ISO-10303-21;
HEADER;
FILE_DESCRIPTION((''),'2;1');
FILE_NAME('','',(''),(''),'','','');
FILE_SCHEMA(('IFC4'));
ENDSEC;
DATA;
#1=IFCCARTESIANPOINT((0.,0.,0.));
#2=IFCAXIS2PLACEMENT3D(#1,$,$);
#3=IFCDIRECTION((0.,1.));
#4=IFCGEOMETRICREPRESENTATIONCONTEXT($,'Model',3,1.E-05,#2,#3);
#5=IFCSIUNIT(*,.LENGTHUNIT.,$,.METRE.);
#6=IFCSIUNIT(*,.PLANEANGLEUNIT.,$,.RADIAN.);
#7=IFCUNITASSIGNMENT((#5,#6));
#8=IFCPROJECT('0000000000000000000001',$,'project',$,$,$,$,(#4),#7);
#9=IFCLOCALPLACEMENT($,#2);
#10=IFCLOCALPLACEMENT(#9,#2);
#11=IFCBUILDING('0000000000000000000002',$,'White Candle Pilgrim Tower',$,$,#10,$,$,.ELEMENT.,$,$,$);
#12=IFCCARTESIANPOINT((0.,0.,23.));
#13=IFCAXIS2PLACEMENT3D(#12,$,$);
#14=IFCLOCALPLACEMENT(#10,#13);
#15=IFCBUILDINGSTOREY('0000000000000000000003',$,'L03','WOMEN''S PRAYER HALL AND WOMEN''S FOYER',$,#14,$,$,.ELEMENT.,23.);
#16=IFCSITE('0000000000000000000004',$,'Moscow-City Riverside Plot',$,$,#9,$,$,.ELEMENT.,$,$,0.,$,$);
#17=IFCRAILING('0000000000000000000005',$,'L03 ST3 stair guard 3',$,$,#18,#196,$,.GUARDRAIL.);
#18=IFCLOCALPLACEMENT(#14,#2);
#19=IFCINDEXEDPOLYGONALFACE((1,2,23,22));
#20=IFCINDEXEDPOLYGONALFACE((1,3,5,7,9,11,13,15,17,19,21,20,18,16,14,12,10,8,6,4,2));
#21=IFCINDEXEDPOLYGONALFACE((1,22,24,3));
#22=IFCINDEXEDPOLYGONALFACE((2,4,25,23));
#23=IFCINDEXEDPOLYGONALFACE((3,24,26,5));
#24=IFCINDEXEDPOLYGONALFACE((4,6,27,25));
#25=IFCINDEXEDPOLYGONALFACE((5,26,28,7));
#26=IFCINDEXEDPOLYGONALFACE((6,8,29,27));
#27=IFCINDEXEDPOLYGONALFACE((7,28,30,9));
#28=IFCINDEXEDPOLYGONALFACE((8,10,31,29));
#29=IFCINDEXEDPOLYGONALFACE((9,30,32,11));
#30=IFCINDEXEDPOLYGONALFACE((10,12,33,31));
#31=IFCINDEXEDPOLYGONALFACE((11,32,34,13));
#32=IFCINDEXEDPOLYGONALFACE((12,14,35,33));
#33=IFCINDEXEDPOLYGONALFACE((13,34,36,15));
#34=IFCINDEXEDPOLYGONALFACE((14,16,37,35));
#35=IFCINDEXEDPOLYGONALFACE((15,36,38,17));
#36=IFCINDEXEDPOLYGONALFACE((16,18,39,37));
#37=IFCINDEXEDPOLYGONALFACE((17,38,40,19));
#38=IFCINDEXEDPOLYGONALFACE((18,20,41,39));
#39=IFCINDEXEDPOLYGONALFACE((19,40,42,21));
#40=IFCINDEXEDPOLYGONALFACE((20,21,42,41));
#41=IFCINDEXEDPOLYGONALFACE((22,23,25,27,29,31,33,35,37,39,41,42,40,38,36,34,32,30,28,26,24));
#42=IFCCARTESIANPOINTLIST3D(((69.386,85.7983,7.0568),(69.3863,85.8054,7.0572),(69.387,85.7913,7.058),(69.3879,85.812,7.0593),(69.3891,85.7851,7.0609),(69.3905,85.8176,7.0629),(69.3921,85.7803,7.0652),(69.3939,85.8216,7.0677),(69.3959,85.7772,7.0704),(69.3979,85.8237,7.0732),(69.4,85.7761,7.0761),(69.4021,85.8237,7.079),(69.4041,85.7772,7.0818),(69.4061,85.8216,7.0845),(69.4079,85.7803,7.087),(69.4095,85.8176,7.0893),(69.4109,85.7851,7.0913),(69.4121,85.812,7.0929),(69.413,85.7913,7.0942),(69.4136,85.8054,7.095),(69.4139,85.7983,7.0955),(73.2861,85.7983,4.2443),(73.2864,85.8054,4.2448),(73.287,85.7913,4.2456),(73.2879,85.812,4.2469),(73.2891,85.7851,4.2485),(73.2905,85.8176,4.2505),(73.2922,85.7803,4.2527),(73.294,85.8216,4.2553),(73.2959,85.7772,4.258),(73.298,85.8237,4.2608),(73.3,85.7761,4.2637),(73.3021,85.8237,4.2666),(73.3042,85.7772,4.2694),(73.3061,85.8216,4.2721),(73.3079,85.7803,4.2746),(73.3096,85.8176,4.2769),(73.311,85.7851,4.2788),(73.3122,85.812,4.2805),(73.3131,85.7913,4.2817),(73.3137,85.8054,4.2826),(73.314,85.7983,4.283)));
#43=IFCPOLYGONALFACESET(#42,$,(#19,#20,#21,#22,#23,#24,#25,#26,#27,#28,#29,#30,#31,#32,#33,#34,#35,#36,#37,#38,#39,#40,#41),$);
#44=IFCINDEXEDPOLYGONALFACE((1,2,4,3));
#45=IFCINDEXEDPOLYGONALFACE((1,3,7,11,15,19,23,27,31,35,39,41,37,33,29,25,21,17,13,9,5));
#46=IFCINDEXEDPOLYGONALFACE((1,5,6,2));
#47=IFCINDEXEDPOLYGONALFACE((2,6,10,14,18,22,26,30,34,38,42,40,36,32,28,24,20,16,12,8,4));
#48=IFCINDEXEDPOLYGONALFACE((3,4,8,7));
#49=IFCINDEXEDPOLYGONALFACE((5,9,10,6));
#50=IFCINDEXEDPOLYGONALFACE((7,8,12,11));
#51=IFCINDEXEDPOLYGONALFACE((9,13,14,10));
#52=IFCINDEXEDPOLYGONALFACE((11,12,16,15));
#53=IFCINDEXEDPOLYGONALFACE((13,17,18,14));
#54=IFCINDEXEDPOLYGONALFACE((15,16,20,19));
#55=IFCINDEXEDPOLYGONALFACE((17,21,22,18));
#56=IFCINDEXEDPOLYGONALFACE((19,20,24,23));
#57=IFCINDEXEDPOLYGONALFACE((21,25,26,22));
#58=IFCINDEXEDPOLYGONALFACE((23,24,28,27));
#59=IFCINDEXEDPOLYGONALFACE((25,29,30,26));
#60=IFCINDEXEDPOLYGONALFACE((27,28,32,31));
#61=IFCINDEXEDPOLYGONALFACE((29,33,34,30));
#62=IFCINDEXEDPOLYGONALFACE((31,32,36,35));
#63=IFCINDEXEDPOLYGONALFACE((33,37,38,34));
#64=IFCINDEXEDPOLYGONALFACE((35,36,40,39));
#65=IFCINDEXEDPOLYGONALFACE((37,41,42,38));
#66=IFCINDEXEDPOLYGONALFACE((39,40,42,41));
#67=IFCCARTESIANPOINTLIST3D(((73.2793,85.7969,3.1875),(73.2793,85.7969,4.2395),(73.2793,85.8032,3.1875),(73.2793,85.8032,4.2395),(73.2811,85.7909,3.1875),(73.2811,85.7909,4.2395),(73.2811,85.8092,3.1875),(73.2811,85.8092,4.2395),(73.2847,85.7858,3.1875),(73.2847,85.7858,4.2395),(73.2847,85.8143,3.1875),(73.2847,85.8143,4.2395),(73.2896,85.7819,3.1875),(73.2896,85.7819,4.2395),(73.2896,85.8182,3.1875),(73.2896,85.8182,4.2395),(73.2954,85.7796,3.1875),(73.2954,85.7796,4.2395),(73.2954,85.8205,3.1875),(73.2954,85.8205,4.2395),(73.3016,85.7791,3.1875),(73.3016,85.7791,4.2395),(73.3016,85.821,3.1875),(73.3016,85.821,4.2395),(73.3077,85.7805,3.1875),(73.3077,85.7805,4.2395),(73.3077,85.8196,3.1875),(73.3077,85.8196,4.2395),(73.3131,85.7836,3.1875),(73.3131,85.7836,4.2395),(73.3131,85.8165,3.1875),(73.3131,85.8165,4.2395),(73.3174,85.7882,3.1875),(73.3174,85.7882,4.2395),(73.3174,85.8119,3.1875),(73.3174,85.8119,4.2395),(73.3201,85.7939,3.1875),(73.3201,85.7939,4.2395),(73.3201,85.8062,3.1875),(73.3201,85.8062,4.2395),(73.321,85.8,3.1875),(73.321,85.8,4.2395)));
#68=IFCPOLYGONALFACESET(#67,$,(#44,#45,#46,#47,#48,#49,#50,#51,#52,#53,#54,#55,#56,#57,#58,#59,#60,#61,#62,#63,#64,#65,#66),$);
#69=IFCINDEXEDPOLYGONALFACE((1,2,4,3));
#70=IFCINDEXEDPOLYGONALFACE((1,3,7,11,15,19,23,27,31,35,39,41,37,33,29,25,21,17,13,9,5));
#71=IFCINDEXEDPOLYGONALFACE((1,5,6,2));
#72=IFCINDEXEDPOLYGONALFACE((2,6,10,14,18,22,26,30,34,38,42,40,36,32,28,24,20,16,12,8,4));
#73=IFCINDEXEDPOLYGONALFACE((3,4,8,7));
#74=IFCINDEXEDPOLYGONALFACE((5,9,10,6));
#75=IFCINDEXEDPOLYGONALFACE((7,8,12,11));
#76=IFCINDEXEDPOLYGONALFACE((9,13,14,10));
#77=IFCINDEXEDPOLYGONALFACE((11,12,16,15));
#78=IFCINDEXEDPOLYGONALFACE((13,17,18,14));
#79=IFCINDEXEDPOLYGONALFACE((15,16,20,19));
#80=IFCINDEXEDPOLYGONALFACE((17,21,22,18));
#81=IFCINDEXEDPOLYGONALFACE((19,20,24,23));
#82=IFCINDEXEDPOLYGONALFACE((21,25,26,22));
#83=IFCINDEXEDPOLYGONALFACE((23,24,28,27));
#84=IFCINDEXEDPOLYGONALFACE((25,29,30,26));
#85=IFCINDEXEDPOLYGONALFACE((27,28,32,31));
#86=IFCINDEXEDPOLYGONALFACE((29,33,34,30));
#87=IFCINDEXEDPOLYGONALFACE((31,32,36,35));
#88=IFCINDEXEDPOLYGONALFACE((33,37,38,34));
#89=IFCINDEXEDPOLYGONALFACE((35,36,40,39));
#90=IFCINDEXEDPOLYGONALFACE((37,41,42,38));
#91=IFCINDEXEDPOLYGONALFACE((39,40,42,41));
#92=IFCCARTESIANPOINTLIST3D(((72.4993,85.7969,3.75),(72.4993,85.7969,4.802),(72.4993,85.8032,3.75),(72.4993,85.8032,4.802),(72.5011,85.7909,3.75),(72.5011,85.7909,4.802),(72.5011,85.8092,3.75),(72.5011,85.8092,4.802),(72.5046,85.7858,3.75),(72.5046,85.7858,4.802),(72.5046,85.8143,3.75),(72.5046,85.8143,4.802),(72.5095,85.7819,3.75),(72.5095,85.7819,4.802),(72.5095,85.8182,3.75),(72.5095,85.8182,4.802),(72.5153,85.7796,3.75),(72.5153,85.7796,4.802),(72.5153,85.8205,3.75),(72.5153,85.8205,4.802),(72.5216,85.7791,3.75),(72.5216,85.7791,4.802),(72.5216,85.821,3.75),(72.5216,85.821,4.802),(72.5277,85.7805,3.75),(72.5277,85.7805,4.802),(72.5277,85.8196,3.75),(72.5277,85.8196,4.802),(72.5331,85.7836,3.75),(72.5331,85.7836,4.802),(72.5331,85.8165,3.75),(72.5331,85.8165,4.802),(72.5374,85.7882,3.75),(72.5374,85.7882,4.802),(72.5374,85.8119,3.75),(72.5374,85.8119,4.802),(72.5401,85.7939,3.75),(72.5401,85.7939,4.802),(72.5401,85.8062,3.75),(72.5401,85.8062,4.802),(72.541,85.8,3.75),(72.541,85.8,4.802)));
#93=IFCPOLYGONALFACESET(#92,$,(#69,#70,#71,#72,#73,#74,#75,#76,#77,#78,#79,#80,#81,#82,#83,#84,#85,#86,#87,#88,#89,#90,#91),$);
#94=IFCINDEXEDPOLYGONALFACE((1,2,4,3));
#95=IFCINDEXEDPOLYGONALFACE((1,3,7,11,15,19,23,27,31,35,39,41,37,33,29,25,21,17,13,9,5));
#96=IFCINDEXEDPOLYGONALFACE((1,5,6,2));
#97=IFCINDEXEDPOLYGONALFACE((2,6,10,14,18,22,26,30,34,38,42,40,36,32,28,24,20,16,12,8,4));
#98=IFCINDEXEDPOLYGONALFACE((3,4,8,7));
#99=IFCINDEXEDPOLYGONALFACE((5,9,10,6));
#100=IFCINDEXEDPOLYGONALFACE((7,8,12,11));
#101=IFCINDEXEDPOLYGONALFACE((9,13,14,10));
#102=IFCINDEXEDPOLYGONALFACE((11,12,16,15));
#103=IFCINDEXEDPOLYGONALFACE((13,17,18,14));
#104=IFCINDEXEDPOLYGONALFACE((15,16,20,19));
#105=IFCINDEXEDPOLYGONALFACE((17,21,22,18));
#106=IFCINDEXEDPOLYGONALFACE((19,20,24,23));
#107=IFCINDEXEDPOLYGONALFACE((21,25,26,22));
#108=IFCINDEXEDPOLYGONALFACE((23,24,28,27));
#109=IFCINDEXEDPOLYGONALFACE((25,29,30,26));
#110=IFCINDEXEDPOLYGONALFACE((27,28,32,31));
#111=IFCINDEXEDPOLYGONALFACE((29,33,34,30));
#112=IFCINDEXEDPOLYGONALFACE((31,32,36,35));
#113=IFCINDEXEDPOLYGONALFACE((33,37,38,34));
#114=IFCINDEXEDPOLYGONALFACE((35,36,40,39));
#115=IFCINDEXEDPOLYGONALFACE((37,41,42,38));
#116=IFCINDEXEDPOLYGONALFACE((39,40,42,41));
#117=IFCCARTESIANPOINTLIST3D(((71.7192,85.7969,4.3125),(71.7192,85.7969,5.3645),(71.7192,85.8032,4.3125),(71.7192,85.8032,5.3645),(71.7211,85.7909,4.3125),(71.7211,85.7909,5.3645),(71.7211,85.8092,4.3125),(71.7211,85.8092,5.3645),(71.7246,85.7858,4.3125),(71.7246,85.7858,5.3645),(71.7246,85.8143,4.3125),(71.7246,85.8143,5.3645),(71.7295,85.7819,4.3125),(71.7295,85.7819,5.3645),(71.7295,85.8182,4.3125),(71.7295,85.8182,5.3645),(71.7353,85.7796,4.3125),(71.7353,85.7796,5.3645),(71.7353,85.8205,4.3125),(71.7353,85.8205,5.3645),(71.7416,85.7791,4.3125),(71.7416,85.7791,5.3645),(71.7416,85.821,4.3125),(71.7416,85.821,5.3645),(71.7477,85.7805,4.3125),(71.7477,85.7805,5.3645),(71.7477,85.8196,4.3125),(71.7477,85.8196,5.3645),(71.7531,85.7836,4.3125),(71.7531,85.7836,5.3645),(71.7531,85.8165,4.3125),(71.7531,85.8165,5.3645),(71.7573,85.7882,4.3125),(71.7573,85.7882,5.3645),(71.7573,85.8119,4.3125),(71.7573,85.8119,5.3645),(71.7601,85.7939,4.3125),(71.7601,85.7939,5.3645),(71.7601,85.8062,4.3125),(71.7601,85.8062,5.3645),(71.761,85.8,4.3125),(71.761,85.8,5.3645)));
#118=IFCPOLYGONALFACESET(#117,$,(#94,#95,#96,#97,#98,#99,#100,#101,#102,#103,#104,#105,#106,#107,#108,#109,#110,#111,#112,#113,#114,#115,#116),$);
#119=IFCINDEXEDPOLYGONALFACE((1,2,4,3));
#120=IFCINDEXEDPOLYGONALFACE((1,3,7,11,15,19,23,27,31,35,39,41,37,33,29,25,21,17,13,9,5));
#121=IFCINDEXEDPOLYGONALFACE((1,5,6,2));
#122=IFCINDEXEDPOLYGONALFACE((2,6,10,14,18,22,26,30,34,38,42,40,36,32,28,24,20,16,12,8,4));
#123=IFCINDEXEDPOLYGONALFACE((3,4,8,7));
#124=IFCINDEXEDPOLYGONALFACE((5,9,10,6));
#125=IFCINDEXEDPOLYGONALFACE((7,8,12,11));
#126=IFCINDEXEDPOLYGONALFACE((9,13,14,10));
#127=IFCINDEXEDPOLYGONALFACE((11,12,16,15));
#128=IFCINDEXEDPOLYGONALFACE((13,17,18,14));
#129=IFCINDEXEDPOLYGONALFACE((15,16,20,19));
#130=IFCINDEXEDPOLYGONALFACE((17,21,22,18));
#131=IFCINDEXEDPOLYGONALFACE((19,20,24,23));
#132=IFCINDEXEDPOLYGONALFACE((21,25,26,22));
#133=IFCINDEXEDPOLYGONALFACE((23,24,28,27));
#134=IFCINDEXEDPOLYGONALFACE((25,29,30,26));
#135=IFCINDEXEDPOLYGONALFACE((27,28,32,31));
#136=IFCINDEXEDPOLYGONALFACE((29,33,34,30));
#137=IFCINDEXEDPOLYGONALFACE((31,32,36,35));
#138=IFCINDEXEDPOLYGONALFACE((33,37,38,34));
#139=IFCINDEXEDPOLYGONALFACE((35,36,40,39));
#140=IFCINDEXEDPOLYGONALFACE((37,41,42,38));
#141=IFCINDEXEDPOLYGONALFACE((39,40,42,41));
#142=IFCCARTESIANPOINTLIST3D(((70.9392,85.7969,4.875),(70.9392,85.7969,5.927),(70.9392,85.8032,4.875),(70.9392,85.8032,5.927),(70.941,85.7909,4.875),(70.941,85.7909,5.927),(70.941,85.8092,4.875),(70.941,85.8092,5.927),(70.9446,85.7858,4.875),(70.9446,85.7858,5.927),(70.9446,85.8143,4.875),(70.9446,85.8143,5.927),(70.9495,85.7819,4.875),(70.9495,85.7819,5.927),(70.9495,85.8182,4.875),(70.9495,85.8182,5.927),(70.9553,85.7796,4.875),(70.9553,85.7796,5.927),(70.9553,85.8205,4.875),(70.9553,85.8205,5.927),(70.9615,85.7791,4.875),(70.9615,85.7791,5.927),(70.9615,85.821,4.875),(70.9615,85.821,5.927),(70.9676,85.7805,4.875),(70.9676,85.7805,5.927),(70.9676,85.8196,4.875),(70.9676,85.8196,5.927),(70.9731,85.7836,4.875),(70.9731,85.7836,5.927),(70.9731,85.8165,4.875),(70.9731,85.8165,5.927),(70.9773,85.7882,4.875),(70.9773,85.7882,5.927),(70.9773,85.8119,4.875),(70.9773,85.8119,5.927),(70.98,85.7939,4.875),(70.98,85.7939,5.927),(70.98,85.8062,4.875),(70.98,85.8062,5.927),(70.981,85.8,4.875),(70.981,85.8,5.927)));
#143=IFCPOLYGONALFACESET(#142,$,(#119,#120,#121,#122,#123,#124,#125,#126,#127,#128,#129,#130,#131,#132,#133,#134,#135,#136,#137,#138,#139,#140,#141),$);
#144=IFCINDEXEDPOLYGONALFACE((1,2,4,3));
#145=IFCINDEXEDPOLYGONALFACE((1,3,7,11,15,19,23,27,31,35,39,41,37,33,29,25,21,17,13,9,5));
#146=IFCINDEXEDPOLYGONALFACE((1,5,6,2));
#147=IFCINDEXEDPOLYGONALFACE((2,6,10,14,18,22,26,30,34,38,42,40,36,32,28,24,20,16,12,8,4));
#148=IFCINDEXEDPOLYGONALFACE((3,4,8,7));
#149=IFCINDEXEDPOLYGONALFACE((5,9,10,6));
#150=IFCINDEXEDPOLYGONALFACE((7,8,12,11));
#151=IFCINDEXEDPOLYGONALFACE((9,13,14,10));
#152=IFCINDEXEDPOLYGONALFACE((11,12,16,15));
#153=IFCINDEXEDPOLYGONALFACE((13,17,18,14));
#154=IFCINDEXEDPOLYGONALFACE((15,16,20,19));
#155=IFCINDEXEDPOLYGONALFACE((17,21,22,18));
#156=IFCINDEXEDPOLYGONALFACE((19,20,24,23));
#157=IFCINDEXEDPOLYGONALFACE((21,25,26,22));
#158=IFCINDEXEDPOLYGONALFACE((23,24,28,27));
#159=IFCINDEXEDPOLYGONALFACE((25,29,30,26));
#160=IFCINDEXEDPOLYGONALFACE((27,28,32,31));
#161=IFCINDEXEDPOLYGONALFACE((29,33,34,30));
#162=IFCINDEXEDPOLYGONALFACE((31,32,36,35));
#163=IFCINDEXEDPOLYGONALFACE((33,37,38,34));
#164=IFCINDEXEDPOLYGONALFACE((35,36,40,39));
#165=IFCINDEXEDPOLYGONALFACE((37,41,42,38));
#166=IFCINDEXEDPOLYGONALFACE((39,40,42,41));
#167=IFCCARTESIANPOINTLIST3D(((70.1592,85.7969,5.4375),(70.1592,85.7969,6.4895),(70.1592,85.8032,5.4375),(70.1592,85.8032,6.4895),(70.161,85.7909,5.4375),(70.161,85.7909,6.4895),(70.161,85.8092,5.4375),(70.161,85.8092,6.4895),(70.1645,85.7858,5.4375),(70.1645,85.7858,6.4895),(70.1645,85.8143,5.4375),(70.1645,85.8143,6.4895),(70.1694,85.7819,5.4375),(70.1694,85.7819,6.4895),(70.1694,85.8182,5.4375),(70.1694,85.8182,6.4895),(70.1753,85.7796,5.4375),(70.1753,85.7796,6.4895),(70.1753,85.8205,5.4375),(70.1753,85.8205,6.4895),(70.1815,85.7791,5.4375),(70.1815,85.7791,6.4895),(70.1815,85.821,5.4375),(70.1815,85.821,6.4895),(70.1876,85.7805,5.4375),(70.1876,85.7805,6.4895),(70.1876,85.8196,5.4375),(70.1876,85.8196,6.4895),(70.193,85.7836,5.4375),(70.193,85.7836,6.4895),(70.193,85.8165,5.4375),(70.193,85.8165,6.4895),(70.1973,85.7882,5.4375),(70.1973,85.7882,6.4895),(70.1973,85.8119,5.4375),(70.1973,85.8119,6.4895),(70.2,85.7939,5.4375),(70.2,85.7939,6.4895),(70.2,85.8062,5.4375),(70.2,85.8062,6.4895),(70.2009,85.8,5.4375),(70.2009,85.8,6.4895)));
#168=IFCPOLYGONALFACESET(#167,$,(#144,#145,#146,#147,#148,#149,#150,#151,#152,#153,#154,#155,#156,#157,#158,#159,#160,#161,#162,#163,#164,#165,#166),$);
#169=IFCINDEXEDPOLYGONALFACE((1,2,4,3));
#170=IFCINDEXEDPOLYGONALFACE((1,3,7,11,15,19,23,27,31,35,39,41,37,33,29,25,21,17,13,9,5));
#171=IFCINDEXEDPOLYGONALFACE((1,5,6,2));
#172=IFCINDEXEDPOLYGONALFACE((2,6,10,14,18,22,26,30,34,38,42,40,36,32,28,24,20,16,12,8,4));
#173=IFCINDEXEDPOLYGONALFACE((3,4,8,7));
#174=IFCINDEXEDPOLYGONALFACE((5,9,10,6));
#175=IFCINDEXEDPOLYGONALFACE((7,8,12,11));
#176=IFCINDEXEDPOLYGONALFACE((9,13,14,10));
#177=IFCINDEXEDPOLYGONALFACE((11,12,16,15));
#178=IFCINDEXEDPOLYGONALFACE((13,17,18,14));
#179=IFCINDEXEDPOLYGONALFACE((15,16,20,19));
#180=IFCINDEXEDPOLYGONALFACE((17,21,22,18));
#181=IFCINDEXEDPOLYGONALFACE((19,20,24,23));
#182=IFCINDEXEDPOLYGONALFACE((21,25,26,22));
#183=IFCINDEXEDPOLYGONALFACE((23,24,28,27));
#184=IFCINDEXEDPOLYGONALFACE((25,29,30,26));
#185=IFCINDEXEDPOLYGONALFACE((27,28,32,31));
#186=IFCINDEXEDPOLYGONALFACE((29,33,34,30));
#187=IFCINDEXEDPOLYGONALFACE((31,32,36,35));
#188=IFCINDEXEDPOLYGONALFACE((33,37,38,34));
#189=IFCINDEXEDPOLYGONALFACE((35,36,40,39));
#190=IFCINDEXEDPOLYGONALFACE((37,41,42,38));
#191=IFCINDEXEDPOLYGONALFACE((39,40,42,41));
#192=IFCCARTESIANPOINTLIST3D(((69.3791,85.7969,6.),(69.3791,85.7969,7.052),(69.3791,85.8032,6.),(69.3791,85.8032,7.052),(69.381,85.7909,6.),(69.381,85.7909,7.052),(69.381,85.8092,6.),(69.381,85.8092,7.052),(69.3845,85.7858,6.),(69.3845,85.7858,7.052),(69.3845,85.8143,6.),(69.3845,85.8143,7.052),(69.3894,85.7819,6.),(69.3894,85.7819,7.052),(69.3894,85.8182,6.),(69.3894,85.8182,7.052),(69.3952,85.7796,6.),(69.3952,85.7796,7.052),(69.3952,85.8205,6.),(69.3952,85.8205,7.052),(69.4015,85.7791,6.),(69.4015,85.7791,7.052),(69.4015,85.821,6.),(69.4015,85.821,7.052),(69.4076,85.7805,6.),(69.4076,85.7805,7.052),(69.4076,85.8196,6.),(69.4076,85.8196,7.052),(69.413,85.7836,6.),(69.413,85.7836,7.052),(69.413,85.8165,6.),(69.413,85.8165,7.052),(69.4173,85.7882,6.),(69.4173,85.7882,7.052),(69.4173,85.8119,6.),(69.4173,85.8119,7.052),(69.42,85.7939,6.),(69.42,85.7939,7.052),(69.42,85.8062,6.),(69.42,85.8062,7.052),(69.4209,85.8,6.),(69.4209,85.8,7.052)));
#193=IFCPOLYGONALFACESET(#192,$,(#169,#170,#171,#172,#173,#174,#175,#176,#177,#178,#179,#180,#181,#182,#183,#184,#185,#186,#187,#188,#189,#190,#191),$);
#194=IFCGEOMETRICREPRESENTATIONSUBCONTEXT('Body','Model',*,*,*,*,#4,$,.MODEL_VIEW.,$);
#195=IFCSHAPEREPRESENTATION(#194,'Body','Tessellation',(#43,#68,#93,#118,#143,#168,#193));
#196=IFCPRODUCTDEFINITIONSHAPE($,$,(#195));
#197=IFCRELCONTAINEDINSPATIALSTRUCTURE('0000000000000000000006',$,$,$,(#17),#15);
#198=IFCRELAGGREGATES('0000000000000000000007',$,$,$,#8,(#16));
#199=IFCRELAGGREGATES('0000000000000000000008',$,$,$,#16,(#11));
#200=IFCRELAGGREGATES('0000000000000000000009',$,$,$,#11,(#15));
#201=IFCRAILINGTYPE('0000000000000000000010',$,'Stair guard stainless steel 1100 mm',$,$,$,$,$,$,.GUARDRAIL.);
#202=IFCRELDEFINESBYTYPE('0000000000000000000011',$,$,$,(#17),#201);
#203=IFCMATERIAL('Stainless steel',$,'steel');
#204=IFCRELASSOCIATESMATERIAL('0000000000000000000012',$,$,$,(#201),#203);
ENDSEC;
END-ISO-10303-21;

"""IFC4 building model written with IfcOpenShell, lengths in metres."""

from ifc_helpers import new_model, si_unit, direction, frame, origin, origin_2d, place, context, subcontext, project, spatial, circle, extrude, material, type_object, element, save


model = new_model("IFC4")

# Units and contexts
model_context = context("Model", 3, precision=1e-05, world=origin(), true_north=direction((0.0, 1.0)))
body_context = subcontext(model_context, "Body", "Model", "MODEL_VIEW")
ifc_project = project(units=[si_unit("LENGTHUNIT", "METRE"), si_unit("PLANEANGLEUNIT", "RADIAN")], contexts=[model_context])

# Site, building, storey
site_placement = place(None, origin())
site = spatial("IfcSite", under=ifc_project, at=site_placement, Name="Moscow-City Riverside Plot", CompositionType="ELEMENT", RefElevation=0.0)
building_placement = place(site_placement, origin())
building = spatial("IfcBuilding", under=site, at=building_placement, Name="White Candle Pilgrim Tower", CompositionType="ELEMENT")
storey_placement = place(building_placement, frame((0.0, 0.0, 23.0)))
storey = spatial("IfcBuildingStorey", under=building, at=storey_placement, Name="L03", Description="WOMEN'S PRAYER HALL AND WOMEN'S FOYER", CompositionType="ELEMENT", Elevation=23.0)

# Railing
ifc_material_1 = material(Name="Stainless steel", Category="steel")
railing_type_1 = type_object("IfcRailingType", Name="Stair guard stainless steel 1100 mm", PredefinedType="GUARDRAIL", material=ifc_material_1)
railing_1_placement = place(storey_placement, frame((73.3, 85.8, 3.1875)))
element("IfcRailing", 1, at=railing_1_placement, inside=storey, type_object=railing_type_1, Name="L03 ST3 stair guard 3", PredefinedType="GUARDRAIL", context=body_context, shape_type="SweptSolid", body=[
    extrude(circle(Radius=0.0239, at=origin_2d()), frame((0.0, 0.0, 1.0762), z_axis=(-0.811101, 0.0, 0.584906), x_axis=(0.0, -1.0, 0.0)), (0.0, 0.0, 1.0), 4.8083),
    extrude(circle(Radius=0.021, at=origin_2d()), origin(), (0.0, 0.0, 1.0), 1.052),
    extrude(circle(Radius=0.021, at=origin_2d()), frame((-0.78, 0.0, 0.5625)), (0.0, 0.0, 1.0), 1.052),
    extrude(circle(Radius=0.021, at=origin_2d()), frame((-1.5601, 0.0, 1.125)), (0.0, 0.0, 1.0), 1.052),
    extrude(circle(Radius=0.021, at=origin_2d()), frame((-2.3401, 0.0, 1.6875)), (0.0, 0.0, 1.0), 1.052),
    extrude(circle(Radius=0.021, at=origin_2d()), frame((-3.1201, 0.0, 2.25)), (0.0, 0.0, 1.0), 1.052),
    extrude(circle(Radius=0.021, at=origin_2d()), frame((-3.9001, 0.0, 2.8125)), (0.0, 0.0, 1.0), 1.052),
])

save(model, "model.ifc")
